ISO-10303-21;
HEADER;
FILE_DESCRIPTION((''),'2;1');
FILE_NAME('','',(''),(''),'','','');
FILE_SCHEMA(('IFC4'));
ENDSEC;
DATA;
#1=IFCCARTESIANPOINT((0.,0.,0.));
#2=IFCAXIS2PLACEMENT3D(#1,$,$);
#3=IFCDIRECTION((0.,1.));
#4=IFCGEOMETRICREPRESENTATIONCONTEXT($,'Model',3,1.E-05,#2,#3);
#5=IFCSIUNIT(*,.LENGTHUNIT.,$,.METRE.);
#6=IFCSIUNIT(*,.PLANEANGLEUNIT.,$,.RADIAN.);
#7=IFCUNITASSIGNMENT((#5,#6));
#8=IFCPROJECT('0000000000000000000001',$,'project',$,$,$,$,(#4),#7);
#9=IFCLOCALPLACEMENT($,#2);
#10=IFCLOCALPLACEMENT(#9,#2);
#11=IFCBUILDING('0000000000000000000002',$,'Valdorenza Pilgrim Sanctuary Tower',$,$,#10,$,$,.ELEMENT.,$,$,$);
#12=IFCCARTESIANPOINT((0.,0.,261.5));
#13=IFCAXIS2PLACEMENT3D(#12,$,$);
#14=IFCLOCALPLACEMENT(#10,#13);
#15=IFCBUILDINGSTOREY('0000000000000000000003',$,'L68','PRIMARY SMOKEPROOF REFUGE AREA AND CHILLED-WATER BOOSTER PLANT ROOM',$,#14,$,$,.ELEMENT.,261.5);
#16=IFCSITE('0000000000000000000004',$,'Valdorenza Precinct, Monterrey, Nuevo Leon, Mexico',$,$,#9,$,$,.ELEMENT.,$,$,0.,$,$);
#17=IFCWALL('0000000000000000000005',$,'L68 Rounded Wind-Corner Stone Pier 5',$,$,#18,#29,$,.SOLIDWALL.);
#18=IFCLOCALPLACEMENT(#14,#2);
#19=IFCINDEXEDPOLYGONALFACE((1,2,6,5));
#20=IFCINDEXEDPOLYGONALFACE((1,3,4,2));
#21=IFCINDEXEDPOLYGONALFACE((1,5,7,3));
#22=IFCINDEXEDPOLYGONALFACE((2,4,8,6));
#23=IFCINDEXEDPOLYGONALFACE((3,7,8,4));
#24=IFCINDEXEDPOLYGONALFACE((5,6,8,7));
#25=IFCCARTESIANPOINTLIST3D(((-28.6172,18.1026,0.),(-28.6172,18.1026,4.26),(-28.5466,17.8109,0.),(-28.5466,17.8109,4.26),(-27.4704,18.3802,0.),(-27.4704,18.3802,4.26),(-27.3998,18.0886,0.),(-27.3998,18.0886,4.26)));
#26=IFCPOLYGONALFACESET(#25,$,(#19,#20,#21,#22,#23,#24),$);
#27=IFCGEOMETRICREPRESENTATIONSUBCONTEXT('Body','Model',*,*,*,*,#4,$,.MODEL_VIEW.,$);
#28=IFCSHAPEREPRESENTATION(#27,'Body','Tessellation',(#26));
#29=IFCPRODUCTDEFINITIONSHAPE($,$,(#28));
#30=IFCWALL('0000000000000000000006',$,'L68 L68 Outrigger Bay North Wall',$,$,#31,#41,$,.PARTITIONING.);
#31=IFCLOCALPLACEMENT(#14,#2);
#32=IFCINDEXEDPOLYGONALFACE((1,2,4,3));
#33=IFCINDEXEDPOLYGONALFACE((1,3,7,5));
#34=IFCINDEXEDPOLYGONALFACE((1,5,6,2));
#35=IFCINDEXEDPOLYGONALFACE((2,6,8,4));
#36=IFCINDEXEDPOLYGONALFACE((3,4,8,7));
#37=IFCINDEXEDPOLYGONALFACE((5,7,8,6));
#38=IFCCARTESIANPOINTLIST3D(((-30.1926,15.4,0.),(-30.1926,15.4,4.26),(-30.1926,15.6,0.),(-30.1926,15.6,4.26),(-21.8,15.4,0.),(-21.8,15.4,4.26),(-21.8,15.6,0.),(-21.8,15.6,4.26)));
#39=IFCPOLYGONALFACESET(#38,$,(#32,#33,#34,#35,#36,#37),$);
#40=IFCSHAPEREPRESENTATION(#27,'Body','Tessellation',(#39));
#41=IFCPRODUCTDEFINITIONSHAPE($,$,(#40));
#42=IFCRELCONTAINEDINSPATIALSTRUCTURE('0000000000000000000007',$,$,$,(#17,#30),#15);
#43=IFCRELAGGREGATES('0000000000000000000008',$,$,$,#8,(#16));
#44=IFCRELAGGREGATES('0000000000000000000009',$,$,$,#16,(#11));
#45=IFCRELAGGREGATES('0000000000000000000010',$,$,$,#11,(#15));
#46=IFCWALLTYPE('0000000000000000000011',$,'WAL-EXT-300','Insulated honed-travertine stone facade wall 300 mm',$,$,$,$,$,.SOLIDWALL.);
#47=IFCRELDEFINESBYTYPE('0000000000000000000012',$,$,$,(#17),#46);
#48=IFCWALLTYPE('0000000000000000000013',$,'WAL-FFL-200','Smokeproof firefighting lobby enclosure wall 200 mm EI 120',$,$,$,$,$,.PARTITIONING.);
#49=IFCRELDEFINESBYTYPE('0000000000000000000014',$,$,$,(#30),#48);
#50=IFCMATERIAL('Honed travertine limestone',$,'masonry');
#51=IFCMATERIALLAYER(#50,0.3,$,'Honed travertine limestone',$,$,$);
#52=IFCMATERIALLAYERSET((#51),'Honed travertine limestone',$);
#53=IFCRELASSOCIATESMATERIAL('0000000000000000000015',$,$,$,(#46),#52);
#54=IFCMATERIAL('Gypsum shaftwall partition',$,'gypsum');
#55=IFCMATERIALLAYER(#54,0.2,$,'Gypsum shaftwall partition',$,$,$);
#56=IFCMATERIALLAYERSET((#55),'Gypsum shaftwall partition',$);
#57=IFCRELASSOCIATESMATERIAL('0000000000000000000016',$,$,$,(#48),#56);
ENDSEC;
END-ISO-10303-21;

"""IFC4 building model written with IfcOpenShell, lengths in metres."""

from ifc_helpers import new_model, si_unit, direction, frame, frame_2d, origin, place, context, subcontext, project, spatial, rectangle, extrude, material, layer, layer_set, type_object, element, save


model = new_model("IFC4")

# Units and contexts
model_context = context("Model", 3, precision=1e-05, world=origin(), true_north=direction((0.0, 1.0)))
body_context = subcontext(model_context, "Body", "Model", "MODEL_VIEW")
ifc_project = project(units=[si_unit("LENGTHUNIT", "METRE"), si_unit("PLANEANGLEUNIT", "RADIAN")], contexts=[model_context])

# Site, building, storey
site_placement = place(None, origin())
site = spatial("IfcSite", under=ifc_project, at=site_placement, Name="Valdorenza Precinct, Monterrey, Nuevo Leon, Mexico", CompositionType="ELEMENT", RefElevation=0.0)
building_placement = place(site_placement, origin())
building = spatial("IfcBuilding", under=site, at=building_placement, Name="Valdorenza Pilgrim Sanctuary Tower", CompositionType="ELEMENT")
storey_placement = place(building_placement, frame((0.0, 0.0, 261.5)))
storey = spatial("IfcBuildingStorey", under=building, at=storey_placement, Name="L68", Description="PRIMARY SMOKEPROOF REFUGE AREA AND CHILLED-WATER BOOSTER PLANT ROOM", CompositionType="ELEMENT", Elevation=261.5)

# Shared definitions
ifc_material_1 = material(Name="Honed travertine limestone", Category="masonry")

# Walls
ifc_layer_1 = layer(ifc_material_1, 0.3, Name="Honed travertine limestone")
ifc_layer_set_1 = layer_set([ifc_layer_1], Name="Honed travertine limestone")
wall_type_1 = type_object("IfcWallType", Name="WAL-EXT-300", Description="Insulated honed-travertine stone facade wall 300 mm", PredefinedType="SOLIDWALL", material=ifc_layer_set_1)
wall_1_placement = place(storey_placement, frame((-28.5818, 17.9568, 0.0), z_axis=(0.0, 0.0, 1.0), x_axis=(0.971929, 0.235274, 0.0)))
element("IfcWall", 1, at=wall_1_placement, inside=storey, type_object=wall_type_1, Name="L68 Rounded Wind-Corner Stone Pier 5", PredefinedType="SOLIDWALL", context=body_context, shape_type="SweptSolid", body=[
    extrude(rectangle(XDim=1.1799, YDim=0.3, at=frame_2d((0.5898, 0.0))), origin(), (0.0, 0.0, 1.0), 4.26),
])
ifc_material_2 = material(Name="Gypsum shaftwall partition", Category="gypsum")
ifc_layer_2 = layer(ifc_material_2, 0.2, Name="Gypsum shaftwall partition")
ifc_layer_set_2 = layer_set([ifc_layer_2], Name="Gypsum shaftwall partition")
wall_type_2 = type_object("IfcWallType", Name="WAL-FFL-200", Description="Smokeproof firefighting lobby enclosure wall 200 mm EI 120", PredefinedType="PARTITIONING", material=ifc_layer_set_2)
wall_2_placement = place(storey_placement, frame((-30.1926, 15.5, 0.0), z_axis=(0.0, 0.0, 1.0), x_axis=(1.0, 0.0, 0.0)))
element("IfcWall", 2, at=wall_2_placement, inside=storey, type_object=wall_type_2, Name="L68 L68 Outrigger Bay North Wall", PredefinedType="PARTITIONING", context=body_context, shape_type="SweptSolid", body=[
    extrude(rectangle(XDim=8.3926, YDim=0.2, at=frame_2d((4.1963, 0.0))), origin(), (0.0, 0.0, 1.0), 4.26),
])

save(model, "model.ifc")
